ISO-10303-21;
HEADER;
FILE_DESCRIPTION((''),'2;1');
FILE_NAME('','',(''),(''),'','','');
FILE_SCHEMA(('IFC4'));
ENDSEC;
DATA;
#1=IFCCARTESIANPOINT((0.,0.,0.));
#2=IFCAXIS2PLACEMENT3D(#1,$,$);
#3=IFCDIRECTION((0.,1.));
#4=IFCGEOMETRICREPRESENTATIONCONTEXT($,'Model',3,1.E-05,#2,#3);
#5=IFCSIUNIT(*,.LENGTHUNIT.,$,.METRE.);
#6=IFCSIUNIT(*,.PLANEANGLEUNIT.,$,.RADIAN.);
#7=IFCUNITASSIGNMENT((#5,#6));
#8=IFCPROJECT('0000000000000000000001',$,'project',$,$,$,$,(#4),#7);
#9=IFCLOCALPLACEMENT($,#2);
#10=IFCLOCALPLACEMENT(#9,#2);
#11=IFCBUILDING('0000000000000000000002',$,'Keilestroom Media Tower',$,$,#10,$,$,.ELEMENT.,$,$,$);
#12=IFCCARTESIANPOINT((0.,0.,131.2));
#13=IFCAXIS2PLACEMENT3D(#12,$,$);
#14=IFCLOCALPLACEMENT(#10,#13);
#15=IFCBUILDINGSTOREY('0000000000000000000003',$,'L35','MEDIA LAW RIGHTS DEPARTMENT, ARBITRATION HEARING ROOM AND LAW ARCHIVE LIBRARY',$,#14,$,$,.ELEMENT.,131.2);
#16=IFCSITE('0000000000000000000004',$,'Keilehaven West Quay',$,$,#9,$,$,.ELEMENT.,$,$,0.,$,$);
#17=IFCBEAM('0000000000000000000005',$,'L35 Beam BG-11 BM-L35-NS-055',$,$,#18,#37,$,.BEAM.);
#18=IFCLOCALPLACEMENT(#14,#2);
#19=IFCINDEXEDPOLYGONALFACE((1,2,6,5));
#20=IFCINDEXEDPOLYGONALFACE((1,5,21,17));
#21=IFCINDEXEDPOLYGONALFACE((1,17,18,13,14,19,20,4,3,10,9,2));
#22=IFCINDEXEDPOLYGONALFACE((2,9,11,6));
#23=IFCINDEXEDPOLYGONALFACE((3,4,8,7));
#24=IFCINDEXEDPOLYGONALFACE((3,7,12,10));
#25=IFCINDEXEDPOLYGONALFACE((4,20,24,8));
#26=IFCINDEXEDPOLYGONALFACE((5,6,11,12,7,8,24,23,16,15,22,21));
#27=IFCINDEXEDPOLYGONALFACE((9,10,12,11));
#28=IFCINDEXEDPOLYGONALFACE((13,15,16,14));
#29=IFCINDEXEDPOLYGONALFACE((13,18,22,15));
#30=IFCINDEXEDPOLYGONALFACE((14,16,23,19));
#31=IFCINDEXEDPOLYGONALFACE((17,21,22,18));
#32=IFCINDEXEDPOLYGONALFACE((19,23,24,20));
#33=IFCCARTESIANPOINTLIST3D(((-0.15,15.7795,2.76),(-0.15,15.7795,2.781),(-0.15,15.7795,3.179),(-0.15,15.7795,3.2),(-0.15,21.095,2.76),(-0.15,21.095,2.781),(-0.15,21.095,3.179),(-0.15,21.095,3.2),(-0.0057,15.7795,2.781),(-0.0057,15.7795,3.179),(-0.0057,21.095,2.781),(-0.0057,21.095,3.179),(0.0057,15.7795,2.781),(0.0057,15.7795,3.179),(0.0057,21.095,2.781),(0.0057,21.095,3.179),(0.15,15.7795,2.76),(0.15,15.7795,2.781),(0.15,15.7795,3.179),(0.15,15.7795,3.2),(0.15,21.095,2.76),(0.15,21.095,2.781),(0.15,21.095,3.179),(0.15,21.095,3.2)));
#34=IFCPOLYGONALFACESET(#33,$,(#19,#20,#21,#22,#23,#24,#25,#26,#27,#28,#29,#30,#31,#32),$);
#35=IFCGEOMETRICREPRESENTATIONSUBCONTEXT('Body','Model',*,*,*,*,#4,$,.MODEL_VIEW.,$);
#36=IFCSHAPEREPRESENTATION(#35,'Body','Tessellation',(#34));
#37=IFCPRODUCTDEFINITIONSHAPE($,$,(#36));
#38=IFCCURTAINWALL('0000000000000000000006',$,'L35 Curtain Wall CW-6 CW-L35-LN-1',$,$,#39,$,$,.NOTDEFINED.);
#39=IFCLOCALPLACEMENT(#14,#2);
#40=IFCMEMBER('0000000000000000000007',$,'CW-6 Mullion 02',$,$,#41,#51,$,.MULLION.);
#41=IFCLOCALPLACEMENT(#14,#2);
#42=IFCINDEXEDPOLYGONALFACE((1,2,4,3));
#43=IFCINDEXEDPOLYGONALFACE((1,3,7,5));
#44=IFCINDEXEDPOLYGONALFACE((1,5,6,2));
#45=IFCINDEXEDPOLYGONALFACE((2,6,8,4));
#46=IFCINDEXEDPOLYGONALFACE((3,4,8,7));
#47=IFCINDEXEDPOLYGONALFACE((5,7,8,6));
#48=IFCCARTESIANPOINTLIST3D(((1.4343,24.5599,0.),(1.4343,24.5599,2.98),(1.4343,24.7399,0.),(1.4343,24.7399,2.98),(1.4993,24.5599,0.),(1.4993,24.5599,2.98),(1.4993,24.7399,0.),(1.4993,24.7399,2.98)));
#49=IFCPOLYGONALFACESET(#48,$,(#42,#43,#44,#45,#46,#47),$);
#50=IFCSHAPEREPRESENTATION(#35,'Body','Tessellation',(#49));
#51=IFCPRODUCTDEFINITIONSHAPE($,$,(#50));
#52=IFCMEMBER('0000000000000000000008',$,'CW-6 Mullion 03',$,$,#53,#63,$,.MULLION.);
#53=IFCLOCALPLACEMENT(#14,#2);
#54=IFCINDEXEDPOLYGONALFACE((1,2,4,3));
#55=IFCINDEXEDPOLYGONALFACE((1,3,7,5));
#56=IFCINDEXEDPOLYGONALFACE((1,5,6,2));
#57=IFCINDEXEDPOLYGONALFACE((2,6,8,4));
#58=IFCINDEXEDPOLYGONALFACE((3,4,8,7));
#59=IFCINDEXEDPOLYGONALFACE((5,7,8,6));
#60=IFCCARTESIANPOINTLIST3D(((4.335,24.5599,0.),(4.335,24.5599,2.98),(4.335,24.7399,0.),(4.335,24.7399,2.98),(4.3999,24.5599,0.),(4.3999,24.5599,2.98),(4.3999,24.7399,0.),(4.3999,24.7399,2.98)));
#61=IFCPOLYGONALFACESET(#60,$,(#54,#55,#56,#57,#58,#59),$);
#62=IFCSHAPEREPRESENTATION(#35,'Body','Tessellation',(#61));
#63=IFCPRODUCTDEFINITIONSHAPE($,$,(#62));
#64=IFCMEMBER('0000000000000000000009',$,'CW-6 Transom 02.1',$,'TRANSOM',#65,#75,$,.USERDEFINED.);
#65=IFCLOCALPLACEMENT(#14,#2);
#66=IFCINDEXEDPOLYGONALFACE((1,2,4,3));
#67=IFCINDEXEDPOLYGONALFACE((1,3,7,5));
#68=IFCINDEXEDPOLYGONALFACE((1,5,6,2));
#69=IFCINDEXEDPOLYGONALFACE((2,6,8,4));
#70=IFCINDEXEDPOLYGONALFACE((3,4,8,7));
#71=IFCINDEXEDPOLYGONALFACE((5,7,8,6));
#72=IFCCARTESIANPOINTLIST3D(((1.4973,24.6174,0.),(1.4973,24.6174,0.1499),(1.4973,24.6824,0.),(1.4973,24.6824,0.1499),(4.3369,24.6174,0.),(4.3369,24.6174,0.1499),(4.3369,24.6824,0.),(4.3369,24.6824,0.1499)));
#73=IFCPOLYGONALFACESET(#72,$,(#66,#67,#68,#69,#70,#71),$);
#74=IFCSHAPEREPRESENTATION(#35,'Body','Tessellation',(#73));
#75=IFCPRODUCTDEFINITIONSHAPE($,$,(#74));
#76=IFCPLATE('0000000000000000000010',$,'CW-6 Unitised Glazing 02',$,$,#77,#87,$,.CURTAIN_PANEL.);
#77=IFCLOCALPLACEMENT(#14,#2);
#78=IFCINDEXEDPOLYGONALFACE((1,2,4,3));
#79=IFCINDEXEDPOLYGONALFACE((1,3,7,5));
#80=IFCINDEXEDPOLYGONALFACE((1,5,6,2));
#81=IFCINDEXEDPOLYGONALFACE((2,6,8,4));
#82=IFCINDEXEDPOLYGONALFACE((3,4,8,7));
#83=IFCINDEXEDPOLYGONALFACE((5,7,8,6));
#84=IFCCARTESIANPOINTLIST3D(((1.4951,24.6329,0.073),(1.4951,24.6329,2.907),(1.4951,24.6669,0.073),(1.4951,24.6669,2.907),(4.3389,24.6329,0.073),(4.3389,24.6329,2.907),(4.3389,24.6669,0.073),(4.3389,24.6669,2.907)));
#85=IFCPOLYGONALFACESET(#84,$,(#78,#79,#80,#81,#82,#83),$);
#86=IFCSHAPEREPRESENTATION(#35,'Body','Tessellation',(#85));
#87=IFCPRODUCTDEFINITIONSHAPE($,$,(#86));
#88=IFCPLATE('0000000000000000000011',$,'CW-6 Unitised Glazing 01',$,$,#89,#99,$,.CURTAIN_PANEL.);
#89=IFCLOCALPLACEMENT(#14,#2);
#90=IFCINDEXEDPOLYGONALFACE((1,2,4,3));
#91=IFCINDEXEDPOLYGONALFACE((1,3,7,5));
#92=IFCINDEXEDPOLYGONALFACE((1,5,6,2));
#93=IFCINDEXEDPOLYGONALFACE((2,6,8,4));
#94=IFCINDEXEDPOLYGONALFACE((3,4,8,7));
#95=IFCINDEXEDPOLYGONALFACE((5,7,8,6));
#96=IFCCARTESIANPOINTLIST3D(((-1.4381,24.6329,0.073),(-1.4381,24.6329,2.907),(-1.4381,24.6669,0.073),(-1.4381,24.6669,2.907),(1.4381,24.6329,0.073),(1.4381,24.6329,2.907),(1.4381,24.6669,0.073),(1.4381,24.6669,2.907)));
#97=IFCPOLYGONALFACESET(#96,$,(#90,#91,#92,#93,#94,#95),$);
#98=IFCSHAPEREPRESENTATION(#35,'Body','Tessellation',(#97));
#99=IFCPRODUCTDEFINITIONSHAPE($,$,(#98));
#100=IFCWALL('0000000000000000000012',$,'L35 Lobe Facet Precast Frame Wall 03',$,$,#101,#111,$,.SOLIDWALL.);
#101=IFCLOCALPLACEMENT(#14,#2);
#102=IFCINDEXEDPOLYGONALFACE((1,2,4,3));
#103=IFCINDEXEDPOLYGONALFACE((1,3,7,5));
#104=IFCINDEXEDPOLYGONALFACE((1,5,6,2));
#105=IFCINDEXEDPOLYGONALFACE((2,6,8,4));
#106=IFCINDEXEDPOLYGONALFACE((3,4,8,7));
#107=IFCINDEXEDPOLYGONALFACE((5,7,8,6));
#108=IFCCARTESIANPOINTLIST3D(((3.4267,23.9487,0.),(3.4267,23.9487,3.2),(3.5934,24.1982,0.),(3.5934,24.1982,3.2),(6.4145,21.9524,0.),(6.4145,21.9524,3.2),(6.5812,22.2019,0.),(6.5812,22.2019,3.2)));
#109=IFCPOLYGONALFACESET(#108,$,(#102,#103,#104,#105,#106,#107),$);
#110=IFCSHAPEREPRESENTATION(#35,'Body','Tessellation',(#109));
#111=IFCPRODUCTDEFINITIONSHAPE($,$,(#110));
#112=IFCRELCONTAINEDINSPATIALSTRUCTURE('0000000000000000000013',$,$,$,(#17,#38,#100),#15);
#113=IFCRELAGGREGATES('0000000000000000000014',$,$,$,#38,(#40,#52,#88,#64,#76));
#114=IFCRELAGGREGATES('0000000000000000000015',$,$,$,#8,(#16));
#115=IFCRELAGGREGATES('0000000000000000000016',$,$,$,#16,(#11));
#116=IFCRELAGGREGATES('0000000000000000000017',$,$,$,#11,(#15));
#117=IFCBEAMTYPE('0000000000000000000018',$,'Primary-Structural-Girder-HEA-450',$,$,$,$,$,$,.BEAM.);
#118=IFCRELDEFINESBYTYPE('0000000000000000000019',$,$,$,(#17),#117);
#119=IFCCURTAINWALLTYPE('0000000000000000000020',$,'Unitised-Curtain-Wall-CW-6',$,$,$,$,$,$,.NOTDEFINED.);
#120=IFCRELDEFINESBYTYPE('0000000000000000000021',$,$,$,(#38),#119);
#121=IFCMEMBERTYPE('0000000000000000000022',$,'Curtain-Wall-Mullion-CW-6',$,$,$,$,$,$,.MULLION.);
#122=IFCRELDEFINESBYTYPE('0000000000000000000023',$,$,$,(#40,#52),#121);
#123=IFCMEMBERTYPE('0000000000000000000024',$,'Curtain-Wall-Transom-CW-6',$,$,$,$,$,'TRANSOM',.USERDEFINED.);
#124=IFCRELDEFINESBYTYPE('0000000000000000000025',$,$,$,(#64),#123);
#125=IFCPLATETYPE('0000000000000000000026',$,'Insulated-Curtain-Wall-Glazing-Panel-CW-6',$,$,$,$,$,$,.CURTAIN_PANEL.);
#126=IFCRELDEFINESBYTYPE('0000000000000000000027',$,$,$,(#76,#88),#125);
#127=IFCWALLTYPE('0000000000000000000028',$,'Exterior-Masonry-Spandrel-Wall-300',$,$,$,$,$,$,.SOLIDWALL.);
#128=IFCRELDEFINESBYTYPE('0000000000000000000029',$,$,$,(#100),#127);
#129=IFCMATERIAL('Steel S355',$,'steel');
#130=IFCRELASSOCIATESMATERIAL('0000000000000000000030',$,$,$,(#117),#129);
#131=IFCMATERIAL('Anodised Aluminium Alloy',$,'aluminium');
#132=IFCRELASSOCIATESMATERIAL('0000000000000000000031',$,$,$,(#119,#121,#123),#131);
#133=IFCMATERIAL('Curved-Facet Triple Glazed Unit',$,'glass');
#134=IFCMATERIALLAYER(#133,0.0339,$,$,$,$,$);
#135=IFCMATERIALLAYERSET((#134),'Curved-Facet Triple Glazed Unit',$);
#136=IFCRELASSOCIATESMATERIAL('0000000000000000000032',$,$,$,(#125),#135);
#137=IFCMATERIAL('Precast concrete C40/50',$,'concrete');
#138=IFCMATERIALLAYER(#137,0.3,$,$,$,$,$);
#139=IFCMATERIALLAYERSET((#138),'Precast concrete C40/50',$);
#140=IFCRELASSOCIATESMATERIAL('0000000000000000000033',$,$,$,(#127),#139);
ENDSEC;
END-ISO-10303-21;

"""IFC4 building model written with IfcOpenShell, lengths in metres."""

from ifc_helpers import new_model, si_unit, direction, frame, frame_2d, origin, origin_2d, place, context, subcontext, project, spatial, rectangle, i_section, extrude, source, transform, mapped, material, layer, layer_set, material_profile, profile_set, type_object, element, aggregate, save


model = new_model("IFC4")

# Units and contexts
model_context = context("Model", 3, precision=1e-05, world=origin(), true_north=direction((0.0, 1.0)))
body_context = subcontext(model_context, "Body", "Model", "MODEL_VIEW")
ifc_project = project(units=[si_unit("LENGTHUNIT", "METRE"), si_unit("PLANEANGLEUNIT", "RADIAN")], contexts=[model_context])

# Site, building, storey
site_placement = place(None, origin())
site = spatial("IfcSite", under=ifc_project, at=site_placement, Name="Keilehaven West Quay", CompositionType="ELEMENT", RefElevation=0.0)
building_placement = place(site_placement, origin())
building = spatial("IfcBuilding", under=site, at=building_placement, Name="Keilestroom Media Tower", CompositionType="ELEMENT")
storey_placement = place(building_placement, frame((0.0, 0.0, 131.2)))
storey = spatial("IfcBuildingStorey", under=building, at=storey_placement, Name="L35", Description="MEDIA LAW RIGHTS DEPARTMENT, ARBITRATION HEARING ROOM AND LAW ARCHIVE LIBRARY", CompositionType="ELEMENT", Elevation=131.2)

# Shared definitions
ifc_material_1 = material(Name="Steel S355", Category="steel")

# Beam
ifc_material_profile_1 = material_profile(ifc_material_1, i_section(OverallWidth=0.3, OverallDepth=0.4399, WebThickness=0.0115, FlangeThickness=0.021, at=origin_2d()), Name="HEA 450")
ifc_profile_set_1 = profile_set([ifc_material_profile_1], Name="Steel S355")
beam_type_1 = type_object("IfcBeamType", Name="Primary-Structural-Girder-HEA-450", PredefinedType="BEAM", material=ifc_profile_set_1)
shared_shape_1 = source(origin(), body_context, "Body", "SweptSolid", [
    extrude(i_section(OverallWidth=0.3, OverallDepth=0.4399, WebThickness=0.0115, FlangeThickness=0.021, at=origin_2d()), origin(), (0.0, 0.0, 1.0), 5.3154),
])
beam_1_placement = place(storey_placement, frame((0.0, 15.7795, 2.98), z_axis=(0.0, 1.0, 0.0), x_axis=(-1.0, 0.0, 0.0)))
element("IfcBeam", 1, at=beam_1_placement, inside=storey, type_object=beam_type_1, Name="L35 Beam BG-11 BM-L35-NS-055", PredefinedType="BEAM", context=body_context, shape_type="MappedRepresentation", body=[
    mapped(shared_shape_1, transform((0.0, 0.0, 0.0), x_axis=(1.0, 0.0, 0.0), y_axis=(0.0, 1.0, 0.0), z_axis=(0.0, 0.0, 1.0), scale=1.0)),
])

# Curtain wall, members, plates
ifc_material_2 = material(Name="Anodised Aluminium Alloy", Category="aluminium")
curtain_wall_type = type_object("IfcCurtainWallType", Name="Unitised-Curtain-Wall-CW-6", PredefinedType="NOTDEFINED", material=ifc_material_2)
curtain_wall_placement = place(storey_placement, origin())
curtain_wall = element("IfcCurtainWall", 2, at=curtain_wall_placement, inside=storey, type_object=curtain_wall_type, Name="L35 Curtain Wall CW-6 CW-L35-LN-1", PredefinedType="NOTDEFINED")
ifc_material_profile_2 = material_profile(ifc_material_2, rectangle(XDim=0.0649, YDim=0.1799, at=origin_2d()), Name="ALU MULLION 65x180")
ifc_profile_set_2 = profile_set([ifc_material_profile_2], Name="Anodised Aluminium Alloy")
member_type_1 = type_object("IfcMemberType", Name="Curtain-Wall-Mullion-CW-6", PredefinedType="MULLION", material=ifc_profile_set_2)
shared_shape_2 = source(origin(), body_context, "Body", "SweptSolid", [
    extrude(rectangle(XDim=0.0649, YDim=0.1799, at=origin_2d()), origin(), (0.0, 0.0, 1.0), 2.98),
])
member_1_placement = place(storey_placement, frame((1.4668, 24.6499, 0.0), z_axis=(0.0, 0.0, 1.0), x_axis=(1.0, 0.0, 0.0)))
member_1 = element("IfcMember", 3, at=member_1_placement, type_object=member_type_1, Name="CW-6 Mullion 02", PredefinedType="MULLION", context=body_context, shape_type="MappedRepresentation", body=[
    mapped(shared_shape_2, transform((0.0, 0.0, 0.0), x_axis=(1.0, 0.0, 0.0), y_axis=(0.0, 1.0, 0.0), z_axis=(0.0, 0.0, 1.0), scale=1.0)),
])
member_2_placement = place(storey_placement, frame((4.3674, 24.6499, 0.0), z_axis=(0.0, 0.0, 1.0), x_axis=(1.0, 0.0, 0.0)))
member_2 = element("IfcMember", 4, at=member_2_placement, type_object=member_type_1, Name="CW-6 Mullion 03", PredefinedType="MULLION", context=body_context, shape_type="MappedRepresentation", body=[
    mapped(shared_shape_2, transform((0.0, 0.0, 0.0), x_axis=(1.0, 0.0, 0.0), y_axis=(0.0, 1.0, 0.0), z_axis=(0.0, 0.0, 1.0), scale=1.0)),
])
ifc_material_profile_3 = material_profile(ifc_material_2, rectangle(XDim=0.0649, YDim=0.1499, at=origin_2d()), Name="ALU TRANSOM 65x150")
ifc_profile_set_3 = profile_set([ifc_material_profile_3], Name="Anodised Aluminium Alloy")
member_type_2 = type_object("IfcMemberType", Name="Curtain-Wall-Transom-CW-6", ElementType="TRANSOM", PredefinedType="USERDEFINED", material=ifc_profile_set_3)
shared_shape_3 = source(origin(), body_context, "Body", "SweptSolid", [
    extrude(rectangle(XDim=0.0649, YDim=0.1499, at=origin_2d()), origin(), (0.0, 0.0, 1.0), 2.8396),
])
member_3_placement = place(storey_placement, frame((1.4973, 24.6499, 0.075), z_axis=(1.0, 0.0, 0.0), x_axis=(0.0, 1.0, 0.0)))
member_3 = element("IfcMember", 5, at=member_3_placement, type_object=member_type_2, Name="CW-6 Transom 02.1", ObjectType="TRANSOM", PredefinedType="USERDEFINED", context=body_context, shape_type="MappedRepresentation", body=[
    mapped(shared_shape_3, transform((0.0, 0.0, 0.0), x_axis=(1.0, 0.0, 0.0), y_axis=(0.0, 1.0, 0.0), z_axis=(0.0, 0.0, 1.0), scale=1.0)),
])
ifc_material_3 = material(Name="Curved-Facet Triple Glazed Unit", Category="glass")
ifc_layer_1 = layer(ifc_material_3, 0.0339)
ifc_layer_set_1 = layer_set([ifc_layer_1], Name="Curved-Facet Triple Glazed Unit")
plate_type = type_object("IfcPlateType", Name="Insulated-Curtain-Wall-Glazing-Panel-CW-6", PredefinedType="CURTAIN_PANEL", material=ifc_layer_set_1)
shared_shape_4 = source(origin(), body_context, "Body", "SweptSolid", [
    extrude(rectangle(XDim=2.8438, YDim=0.0339, at=origin_2d()), origin(), (0.0, 0.0, 1.0), 2.834),
])
plate_1_placement = place(storey_placement, frame((2.917, 24.6499, 0.073), z_axis=(0.0, 0.0, 1.0), x_axis=(1.0, 0.0, 0.0)))
plate_1 = element("IfcPlate", 6, at=plate_1_placement, type_object=plate_type, Name="CW-6 Unitised Glazing 02", PredefinedType="CURTAIN_PANEL", context=body_context, shape_type="MappedRepresentation", body=[
    mapped(shared_shape_4, transform((0.0, 0.0, 0.0), x_axis=(1.0, 0.0, 0.0), y_axis=(0.0, 1.0, 0.0), z_axis=(0.0, 0.0, 1.0), scale=1.0)),
])
shared_shape_5 = source(origin(), body_context, "Body", "SweptSolid", [
    extrude(rectangle(XDim=2.8762, YDim=0.0339, at=origin_2d()), origin(), (0.0, 0.0, 1.0), 2.834),
])
plate_2_placement = place(storey_placement, frame((0.0, 24.6499, 0.073), z_axis=(0.0, 0.0, 1.0), x_axis=(1.0, 0.0, 0.0)))
plate_2 = element("IfcPlate", 7, at=plate_2_placement, type_object=plate_type, Name="CW-6 Unitised Glazing 01", PredefinedType="CURTAIN_PANEL", context=body_context, shape_type="MappedRepresentation", body=[
    mapped(shared_shape_5, transform((0.0, 0.0, 0.0), x_axis=(1.0, 0.0, 0.0), y_axis=(0.0, 1.0, 0.0), z_axis=(0.0, 0.0, 1.0), scale=1.0)),
])
aggregate(curtain_wall, [member_1, member_2, plate_2, member_3, plate_1])

# Wall
ifc_material_4 = material(Name="Precast concrete C40/50", Category="concrete")
ifc_layer_2 = layer(ifc_material_4, 0.3)
ifc_layer_set_2 = layer_set([ifc_layer_2], Name="Precast concrete C40/50")
wall_type_1 = type_object("IfcWallType", Name="Exterior-Masonry-Spandrel-Wall-300", PredefinedType="SOLIDWALL", material=ifc_layer_set_2)
wall_1_placement = place(storey_placement, frame((6.4978, 22.0771, 0.0), z_axis=(0.0, 0.0, 1.0), x_axis=(-0.831475, 0.555562, 0.0)))
element("IfcWall", 8, at=wall_1_placement, inside=storey, type_object=wall_type_1, Name="L35 Lobe Facet Precast Frame Wall 03", PredefinedType="SOLIDWALL", context=body_context, shape_type="SweptSolid", body=[
    extrude(rectangle(XDim=3.5933, YDim=0.3, at=frame_2d((1.7966, 0.0))), origin(), (0.0, 0.0, 1.0), 3.2),
])

save(model, "model.ifc")
